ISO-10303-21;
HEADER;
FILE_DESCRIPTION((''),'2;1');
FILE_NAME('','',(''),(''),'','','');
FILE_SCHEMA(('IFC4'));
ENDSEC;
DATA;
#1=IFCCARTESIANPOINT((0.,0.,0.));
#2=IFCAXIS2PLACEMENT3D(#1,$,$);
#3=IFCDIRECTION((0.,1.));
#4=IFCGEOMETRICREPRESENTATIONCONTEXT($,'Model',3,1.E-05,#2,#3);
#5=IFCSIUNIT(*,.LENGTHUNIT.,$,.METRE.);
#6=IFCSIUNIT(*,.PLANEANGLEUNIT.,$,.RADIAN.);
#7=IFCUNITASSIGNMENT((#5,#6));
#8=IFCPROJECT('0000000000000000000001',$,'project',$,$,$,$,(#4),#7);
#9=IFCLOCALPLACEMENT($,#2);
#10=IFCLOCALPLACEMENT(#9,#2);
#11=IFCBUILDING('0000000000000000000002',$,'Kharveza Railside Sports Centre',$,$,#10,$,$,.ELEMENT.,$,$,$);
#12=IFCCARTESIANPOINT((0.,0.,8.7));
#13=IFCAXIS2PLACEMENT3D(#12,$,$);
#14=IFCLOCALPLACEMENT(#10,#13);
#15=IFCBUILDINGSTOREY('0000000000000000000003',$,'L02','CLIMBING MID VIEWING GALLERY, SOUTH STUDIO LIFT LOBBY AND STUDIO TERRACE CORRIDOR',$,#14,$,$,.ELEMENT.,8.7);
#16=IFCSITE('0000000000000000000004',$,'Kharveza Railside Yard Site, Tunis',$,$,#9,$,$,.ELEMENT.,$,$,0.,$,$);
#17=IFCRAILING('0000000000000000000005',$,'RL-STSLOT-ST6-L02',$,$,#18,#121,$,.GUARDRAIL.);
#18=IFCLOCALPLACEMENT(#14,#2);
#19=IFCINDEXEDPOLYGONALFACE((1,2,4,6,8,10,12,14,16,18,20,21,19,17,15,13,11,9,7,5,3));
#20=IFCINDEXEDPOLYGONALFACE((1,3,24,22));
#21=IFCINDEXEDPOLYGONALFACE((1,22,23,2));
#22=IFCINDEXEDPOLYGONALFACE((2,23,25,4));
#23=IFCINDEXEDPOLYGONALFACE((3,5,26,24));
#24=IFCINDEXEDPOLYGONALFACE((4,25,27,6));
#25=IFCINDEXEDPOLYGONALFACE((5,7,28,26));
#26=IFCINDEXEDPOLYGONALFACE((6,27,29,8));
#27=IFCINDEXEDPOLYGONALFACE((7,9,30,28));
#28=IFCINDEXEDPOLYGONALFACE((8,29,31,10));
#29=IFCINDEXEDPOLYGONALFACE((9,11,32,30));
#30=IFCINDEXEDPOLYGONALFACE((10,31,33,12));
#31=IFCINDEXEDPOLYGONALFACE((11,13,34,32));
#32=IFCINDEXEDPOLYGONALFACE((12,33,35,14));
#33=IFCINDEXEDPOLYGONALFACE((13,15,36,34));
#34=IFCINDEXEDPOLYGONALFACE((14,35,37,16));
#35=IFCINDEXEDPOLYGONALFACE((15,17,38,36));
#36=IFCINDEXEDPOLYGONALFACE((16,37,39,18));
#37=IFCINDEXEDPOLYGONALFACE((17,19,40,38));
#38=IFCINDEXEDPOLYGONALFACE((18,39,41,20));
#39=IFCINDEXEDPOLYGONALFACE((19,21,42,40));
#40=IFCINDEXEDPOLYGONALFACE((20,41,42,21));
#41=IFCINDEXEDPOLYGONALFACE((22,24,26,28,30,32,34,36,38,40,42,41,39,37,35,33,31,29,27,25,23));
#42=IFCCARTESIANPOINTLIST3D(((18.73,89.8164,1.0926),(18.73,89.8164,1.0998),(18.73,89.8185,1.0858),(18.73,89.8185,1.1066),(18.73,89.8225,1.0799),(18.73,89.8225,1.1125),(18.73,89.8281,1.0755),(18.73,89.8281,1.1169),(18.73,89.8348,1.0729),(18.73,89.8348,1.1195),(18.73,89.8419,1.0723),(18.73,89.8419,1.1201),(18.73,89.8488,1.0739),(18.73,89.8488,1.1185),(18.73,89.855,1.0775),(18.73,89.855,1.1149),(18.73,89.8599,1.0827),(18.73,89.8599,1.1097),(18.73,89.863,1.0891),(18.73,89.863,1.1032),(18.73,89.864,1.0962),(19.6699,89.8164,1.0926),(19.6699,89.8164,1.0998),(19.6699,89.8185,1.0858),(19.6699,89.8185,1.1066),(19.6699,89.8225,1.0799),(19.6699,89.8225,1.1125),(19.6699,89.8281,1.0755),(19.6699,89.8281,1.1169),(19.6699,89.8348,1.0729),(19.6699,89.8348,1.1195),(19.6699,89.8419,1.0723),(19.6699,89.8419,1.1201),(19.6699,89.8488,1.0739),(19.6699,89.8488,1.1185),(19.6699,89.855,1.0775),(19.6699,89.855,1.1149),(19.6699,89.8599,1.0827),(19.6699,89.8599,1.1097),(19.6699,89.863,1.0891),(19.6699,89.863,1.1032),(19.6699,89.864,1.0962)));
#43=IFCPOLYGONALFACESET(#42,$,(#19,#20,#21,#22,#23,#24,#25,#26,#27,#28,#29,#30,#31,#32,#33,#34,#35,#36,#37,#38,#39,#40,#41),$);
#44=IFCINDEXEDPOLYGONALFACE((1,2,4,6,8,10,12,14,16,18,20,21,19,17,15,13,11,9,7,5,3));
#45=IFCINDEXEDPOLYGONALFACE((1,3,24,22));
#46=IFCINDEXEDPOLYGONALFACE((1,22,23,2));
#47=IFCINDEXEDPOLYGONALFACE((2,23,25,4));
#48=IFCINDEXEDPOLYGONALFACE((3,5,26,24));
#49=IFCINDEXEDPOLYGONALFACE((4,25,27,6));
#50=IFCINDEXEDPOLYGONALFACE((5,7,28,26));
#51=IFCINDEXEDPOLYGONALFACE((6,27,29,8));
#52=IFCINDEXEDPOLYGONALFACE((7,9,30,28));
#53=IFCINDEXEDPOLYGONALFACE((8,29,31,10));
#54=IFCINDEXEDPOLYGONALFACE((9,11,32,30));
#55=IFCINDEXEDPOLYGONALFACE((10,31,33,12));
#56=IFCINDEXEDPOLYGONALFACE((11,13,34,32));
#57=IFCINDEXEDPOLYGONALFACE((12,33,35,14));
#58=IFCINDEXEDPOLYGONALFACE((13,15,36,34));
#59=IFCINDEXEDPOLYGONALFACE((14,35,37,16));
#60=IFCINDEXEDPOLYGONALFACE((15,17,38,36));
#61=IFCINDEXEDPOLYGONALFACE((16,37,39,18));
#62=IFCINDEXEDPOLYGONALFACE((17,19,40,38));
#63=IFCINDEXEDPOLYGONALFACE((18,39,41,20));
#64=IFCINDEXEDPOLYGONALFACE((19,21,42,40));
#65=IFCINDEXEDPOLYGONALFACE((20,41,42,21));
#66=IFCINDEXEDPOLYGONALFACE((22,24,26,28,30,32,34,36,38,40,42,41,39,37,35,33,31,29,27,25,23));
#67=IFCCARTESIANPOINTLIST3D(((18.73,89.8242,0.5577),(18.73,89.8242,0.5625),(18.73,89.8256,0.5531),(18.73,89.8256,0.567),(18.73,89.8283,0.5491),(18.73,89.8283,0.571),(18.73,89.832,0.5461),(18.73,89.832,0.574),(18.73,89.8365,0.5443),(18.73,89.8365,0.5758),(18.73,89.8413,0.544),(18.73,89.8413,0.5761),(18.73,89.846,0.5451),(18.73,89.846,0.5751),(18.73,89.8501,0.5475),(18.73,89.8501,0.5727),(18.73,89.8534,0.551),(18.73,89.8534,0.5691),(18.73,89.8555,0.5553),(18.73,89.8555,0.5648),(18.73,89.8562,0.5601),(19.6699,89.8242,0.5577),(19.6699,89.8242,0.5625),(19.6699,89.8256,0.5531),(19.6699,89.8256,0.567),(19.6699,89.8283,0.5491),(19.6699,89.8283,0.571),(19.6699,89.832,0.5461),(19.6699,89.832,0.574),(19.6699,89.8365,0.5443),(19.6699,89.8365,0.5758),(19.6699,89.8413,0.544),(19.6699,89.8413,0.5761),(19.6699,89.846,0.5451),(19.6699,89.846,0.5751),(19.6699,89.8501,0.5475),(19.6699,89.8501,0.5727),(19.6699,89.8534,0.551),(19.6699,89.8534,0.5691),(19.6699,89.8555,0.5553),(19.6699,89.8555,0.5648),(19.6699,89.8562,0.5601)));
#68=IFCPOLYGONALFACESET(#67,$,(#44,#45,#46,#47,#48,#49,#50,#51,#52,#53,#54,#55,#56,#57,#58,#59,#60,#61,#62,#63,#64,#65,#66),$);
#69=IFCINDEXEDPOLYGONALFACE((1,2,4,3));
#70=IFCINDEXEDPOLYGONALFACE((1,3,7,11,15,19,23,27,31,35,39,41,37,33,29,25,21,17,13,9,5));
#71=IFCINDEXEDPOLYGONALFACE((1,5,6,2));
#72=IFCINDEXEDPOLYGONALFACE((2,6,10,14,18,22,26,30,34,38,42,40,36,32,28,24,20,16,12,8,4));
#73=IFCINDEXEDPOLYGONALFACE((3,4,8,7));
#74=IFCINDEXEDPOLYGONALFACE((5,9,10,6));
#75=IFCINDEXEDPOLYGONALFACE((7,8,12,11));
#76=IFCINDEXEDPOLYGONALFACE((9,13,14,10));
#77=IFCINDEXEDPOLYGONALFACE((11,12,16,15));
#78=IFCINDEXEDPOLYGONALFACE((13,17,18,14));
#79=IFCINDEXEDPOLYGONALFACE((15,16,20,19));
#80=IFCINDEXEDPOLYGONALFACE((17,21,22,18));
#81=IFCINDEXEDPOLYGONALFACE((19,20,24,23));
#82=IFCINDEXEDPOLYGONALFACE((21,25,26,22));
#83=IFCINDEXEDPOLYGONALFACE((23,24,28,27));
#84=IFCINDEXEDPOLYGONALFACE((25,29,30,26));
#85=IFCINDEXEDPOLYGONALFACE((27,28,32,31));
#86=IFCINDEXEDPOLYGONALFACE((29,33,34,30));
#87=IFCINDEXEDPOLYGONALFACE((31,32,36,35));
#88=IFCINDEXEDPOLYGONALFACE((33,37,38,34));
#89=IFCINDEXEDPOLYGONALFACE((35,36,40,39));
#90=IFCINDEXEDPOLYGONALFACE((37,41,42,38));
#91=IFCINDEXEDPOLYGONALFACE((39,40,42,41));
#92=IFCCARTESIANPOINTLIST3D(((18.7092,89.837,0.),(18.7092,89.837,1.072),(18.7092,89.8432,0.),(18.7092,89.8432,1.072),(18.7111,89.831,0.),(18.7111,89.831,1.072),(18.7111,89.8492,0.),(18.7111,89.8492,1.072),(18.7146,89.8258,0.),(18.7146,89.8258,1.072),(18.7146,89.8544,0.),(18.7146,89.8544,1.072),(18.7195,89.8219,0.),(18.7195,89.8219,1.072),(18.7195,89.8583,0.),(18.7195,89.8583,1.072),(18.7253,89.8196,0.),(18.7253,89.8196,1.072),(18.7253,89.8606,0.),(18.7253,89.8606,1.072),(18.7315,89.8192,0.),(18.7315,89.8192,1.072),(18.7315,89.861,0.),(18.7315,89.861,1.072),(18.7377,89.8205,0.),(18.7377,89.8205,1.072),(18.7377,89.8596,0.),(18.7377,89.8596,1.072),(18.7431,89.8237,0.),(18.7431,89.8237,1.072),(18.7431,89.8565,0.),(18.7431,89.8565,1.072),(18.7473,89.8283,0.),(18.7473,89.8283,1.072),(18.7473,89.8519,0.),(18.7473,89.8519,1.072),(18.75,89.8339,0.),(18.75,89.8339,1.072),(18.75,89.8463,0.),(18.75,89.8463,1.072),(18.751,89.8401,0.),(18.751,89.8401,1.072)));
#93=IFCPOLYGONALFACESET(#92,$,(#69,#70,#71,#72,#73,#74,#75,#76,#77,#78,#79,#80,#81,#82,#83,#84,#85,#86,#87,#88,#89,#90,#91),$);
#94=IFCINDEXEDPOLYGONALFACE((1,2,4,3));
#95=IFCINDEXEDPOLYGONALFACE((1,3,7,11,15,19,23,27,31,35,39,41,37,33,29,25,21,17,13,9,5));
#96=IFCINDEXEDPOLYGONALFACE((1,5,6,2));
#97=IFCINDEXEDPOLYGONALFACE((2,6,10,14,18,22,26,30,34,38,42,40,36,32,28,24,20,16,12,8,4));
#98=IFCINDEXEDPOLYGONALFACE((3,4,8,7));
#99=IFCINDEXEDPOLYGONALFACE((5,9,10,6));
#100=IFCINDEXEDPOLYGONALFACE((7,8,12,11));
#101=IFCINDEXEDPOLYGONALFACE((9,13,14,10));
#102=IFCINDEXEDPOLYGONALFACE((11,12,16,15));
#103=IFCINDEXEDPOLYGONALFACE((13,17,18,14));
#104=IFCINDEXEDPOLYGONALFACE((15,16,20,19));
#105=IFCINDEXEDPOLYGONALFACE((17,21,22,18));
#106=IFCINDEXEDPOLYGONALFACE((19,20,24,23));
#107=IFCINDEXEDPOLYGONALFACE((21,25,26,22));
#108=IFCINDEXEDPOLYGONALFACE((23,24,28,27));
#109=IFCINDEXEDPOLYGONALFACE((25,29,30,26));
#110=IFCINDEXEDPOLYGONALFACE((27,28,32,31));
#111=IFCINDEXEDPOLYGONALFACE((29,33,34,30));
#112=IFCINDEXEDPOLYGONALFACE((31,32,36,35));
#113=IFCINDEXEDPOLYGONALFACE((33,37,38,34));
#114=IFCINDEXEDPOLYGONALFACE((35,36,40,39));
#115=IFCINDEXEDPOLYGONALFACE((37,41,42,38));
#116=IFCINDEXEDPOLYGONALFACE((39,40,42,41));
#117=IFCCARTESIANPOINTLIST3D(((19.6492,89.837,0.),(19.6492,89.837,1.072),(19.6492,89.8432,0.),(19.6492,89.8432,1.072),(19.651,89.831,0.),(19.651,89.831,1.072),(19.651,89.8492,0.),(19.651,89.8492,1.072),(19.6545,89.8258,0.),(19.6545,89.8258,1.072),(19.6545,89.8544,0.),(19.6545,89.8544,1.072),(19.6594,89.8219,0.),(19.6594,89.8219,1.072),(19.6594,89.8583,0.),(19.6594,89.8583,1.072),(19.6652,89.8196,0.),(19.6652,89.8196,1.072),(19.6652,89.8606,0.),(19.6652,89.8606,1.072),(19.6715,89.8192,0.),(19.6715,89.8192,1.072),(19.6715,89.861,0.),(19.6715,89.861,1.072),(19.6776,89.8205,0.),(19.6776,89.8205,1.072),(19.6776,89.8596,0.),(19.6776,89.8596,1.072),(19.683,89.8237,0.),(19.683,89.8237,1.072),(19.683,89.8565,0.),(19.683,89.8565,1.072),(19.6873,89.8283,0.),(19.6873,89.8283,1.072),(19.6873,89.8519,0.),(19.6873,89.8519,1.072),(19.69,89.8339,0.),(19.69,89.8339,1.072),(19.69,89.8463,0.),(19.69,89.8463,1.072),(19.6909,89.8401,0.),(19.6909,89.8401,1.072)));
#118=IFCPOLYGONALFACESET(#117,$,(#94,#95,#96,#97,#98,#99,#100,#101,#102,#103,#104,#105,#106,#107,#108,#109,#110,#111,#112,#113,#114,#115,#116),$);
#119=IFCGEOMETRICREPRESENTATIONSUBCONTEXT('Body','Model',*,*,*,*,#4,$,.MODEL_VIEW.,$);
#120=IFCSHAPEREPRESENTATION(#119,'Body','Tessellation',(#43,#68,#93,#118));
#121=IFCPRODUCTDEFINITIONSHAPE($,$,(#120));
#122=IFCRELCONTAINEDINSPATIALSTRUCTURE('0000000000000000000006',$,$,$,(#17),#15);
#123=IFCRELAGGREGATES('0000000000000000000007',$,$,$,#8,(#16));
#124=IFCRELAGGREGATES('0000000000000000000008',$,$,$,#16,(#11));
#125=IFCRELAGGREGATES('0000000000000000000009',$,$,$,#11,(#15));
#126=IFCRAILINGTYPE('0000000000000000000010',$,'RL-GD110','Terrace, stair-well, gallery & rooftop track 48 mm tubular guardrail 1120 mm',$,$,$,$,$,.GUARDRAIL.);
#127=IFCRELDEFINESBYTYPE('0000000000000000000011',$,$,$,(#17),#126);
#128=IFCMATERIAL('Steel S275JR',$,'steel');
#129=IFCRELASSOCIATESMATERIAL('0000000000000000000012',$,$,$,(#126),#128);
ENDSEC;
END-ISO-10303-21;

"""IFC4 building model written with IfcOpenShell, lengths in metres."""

from ifc_helpers import new_model, si_unit, direction, frame, origin, origin_2d, place, context, subcontext, project, spatial, circle, extrude, material, type_object, element, save


model = new_model("IFC4")

# Units and contexts
model_context = context("Model", 3, precision=1e-05, world=origin(), true_north=direction((0.0, 1.0)))
body_context = subcontext(model_context, "Body", "Model", "MODEL_VIEW")
ifc_project = project(units=[si_unit("LENGTHUNIT", "METRE"), si_unit("PLANEANGLEUNIT", "RADIAN")], contexts=[model_context])

# Site, building, storey
site_placement = place(None, origin())
site = spatial("IfcSite", under=ifc_project, at=site_placement, Name="Kharveza Railside Yard Site, Tunis", CompositionType="ELEMENT", RefElevation=0.0)
building_placement = place(site_placement, origin())
building = spatial("IfcBuilding", under=site, at=building_placement, Name="Kharveza Railside Sports Centre", CompositionType="ELEMENT")
storey_placement = place(building_placement, frame((0.0, 0.0, 8.7)))
storey = spatial("IfcBuildingStorey", under=building, at=storey_placement, Name="L02", Description="CLIMBING MID VIEWING GALLERY, SOUTH STUDIO LIFT LOBBY AND STUDIO TERRACE CORRIDOR", CompositionType="ELEMENT", Elevation=8.7)

# Railing
ifc_material_1 = material(Name="Steel S275JR", Category="steel")
railing_type_1 = type_object("IfcRailingType", Name="RL-GD110", Description="Terrace, stair-well, gallery & rooftop track 48 mm tubular guardrail 1120 mm", PredefinedType="GUARDRAIL", material=ifc_material_1)
railing_1_placement = place(storey_placement, frame((18.73, 89.8401, 0.0)))
element("IfcRailing", 1, at=railing_1_placement, inside=storey, type_object=railing_type_1, Name="RL-STSLOT-ST6-L02", PredefinedType="GUARDRAIL", context=body_context, shape_type="SweptSolid", body=[
    extrude(circle(Radius=0.0239, at=origin_2d()), frame((0.0, 0.0, 1.0962), z_axis=(1.0, 0.0, 0.0), x_axis=(0.0, 1.0, 0.0)), (0.0, 0.0, 1.0), 0.9399),
    extrude(circle(Radius=0.0161, at=origin_2d()), frame((0.0, 0.0, 0.5601), z_axis=(1.0, 0.0, 0.0), x_axis=(0.0, 1.0, 0.0)), (0.0, 0.0, 1.0), 0.9399),
    extrude(circle(Radius=0.021, at=origin_2d()), origin(), (0.0, 0.0, 1.0), 1.072),
    extrude(circle(Radius=0.021, at=origin_2d()), frame((0.9399, 0.0, 0.0)), (0.0, 0.0, 1.0), 1.072),
])

save(model, "model.ifc")
